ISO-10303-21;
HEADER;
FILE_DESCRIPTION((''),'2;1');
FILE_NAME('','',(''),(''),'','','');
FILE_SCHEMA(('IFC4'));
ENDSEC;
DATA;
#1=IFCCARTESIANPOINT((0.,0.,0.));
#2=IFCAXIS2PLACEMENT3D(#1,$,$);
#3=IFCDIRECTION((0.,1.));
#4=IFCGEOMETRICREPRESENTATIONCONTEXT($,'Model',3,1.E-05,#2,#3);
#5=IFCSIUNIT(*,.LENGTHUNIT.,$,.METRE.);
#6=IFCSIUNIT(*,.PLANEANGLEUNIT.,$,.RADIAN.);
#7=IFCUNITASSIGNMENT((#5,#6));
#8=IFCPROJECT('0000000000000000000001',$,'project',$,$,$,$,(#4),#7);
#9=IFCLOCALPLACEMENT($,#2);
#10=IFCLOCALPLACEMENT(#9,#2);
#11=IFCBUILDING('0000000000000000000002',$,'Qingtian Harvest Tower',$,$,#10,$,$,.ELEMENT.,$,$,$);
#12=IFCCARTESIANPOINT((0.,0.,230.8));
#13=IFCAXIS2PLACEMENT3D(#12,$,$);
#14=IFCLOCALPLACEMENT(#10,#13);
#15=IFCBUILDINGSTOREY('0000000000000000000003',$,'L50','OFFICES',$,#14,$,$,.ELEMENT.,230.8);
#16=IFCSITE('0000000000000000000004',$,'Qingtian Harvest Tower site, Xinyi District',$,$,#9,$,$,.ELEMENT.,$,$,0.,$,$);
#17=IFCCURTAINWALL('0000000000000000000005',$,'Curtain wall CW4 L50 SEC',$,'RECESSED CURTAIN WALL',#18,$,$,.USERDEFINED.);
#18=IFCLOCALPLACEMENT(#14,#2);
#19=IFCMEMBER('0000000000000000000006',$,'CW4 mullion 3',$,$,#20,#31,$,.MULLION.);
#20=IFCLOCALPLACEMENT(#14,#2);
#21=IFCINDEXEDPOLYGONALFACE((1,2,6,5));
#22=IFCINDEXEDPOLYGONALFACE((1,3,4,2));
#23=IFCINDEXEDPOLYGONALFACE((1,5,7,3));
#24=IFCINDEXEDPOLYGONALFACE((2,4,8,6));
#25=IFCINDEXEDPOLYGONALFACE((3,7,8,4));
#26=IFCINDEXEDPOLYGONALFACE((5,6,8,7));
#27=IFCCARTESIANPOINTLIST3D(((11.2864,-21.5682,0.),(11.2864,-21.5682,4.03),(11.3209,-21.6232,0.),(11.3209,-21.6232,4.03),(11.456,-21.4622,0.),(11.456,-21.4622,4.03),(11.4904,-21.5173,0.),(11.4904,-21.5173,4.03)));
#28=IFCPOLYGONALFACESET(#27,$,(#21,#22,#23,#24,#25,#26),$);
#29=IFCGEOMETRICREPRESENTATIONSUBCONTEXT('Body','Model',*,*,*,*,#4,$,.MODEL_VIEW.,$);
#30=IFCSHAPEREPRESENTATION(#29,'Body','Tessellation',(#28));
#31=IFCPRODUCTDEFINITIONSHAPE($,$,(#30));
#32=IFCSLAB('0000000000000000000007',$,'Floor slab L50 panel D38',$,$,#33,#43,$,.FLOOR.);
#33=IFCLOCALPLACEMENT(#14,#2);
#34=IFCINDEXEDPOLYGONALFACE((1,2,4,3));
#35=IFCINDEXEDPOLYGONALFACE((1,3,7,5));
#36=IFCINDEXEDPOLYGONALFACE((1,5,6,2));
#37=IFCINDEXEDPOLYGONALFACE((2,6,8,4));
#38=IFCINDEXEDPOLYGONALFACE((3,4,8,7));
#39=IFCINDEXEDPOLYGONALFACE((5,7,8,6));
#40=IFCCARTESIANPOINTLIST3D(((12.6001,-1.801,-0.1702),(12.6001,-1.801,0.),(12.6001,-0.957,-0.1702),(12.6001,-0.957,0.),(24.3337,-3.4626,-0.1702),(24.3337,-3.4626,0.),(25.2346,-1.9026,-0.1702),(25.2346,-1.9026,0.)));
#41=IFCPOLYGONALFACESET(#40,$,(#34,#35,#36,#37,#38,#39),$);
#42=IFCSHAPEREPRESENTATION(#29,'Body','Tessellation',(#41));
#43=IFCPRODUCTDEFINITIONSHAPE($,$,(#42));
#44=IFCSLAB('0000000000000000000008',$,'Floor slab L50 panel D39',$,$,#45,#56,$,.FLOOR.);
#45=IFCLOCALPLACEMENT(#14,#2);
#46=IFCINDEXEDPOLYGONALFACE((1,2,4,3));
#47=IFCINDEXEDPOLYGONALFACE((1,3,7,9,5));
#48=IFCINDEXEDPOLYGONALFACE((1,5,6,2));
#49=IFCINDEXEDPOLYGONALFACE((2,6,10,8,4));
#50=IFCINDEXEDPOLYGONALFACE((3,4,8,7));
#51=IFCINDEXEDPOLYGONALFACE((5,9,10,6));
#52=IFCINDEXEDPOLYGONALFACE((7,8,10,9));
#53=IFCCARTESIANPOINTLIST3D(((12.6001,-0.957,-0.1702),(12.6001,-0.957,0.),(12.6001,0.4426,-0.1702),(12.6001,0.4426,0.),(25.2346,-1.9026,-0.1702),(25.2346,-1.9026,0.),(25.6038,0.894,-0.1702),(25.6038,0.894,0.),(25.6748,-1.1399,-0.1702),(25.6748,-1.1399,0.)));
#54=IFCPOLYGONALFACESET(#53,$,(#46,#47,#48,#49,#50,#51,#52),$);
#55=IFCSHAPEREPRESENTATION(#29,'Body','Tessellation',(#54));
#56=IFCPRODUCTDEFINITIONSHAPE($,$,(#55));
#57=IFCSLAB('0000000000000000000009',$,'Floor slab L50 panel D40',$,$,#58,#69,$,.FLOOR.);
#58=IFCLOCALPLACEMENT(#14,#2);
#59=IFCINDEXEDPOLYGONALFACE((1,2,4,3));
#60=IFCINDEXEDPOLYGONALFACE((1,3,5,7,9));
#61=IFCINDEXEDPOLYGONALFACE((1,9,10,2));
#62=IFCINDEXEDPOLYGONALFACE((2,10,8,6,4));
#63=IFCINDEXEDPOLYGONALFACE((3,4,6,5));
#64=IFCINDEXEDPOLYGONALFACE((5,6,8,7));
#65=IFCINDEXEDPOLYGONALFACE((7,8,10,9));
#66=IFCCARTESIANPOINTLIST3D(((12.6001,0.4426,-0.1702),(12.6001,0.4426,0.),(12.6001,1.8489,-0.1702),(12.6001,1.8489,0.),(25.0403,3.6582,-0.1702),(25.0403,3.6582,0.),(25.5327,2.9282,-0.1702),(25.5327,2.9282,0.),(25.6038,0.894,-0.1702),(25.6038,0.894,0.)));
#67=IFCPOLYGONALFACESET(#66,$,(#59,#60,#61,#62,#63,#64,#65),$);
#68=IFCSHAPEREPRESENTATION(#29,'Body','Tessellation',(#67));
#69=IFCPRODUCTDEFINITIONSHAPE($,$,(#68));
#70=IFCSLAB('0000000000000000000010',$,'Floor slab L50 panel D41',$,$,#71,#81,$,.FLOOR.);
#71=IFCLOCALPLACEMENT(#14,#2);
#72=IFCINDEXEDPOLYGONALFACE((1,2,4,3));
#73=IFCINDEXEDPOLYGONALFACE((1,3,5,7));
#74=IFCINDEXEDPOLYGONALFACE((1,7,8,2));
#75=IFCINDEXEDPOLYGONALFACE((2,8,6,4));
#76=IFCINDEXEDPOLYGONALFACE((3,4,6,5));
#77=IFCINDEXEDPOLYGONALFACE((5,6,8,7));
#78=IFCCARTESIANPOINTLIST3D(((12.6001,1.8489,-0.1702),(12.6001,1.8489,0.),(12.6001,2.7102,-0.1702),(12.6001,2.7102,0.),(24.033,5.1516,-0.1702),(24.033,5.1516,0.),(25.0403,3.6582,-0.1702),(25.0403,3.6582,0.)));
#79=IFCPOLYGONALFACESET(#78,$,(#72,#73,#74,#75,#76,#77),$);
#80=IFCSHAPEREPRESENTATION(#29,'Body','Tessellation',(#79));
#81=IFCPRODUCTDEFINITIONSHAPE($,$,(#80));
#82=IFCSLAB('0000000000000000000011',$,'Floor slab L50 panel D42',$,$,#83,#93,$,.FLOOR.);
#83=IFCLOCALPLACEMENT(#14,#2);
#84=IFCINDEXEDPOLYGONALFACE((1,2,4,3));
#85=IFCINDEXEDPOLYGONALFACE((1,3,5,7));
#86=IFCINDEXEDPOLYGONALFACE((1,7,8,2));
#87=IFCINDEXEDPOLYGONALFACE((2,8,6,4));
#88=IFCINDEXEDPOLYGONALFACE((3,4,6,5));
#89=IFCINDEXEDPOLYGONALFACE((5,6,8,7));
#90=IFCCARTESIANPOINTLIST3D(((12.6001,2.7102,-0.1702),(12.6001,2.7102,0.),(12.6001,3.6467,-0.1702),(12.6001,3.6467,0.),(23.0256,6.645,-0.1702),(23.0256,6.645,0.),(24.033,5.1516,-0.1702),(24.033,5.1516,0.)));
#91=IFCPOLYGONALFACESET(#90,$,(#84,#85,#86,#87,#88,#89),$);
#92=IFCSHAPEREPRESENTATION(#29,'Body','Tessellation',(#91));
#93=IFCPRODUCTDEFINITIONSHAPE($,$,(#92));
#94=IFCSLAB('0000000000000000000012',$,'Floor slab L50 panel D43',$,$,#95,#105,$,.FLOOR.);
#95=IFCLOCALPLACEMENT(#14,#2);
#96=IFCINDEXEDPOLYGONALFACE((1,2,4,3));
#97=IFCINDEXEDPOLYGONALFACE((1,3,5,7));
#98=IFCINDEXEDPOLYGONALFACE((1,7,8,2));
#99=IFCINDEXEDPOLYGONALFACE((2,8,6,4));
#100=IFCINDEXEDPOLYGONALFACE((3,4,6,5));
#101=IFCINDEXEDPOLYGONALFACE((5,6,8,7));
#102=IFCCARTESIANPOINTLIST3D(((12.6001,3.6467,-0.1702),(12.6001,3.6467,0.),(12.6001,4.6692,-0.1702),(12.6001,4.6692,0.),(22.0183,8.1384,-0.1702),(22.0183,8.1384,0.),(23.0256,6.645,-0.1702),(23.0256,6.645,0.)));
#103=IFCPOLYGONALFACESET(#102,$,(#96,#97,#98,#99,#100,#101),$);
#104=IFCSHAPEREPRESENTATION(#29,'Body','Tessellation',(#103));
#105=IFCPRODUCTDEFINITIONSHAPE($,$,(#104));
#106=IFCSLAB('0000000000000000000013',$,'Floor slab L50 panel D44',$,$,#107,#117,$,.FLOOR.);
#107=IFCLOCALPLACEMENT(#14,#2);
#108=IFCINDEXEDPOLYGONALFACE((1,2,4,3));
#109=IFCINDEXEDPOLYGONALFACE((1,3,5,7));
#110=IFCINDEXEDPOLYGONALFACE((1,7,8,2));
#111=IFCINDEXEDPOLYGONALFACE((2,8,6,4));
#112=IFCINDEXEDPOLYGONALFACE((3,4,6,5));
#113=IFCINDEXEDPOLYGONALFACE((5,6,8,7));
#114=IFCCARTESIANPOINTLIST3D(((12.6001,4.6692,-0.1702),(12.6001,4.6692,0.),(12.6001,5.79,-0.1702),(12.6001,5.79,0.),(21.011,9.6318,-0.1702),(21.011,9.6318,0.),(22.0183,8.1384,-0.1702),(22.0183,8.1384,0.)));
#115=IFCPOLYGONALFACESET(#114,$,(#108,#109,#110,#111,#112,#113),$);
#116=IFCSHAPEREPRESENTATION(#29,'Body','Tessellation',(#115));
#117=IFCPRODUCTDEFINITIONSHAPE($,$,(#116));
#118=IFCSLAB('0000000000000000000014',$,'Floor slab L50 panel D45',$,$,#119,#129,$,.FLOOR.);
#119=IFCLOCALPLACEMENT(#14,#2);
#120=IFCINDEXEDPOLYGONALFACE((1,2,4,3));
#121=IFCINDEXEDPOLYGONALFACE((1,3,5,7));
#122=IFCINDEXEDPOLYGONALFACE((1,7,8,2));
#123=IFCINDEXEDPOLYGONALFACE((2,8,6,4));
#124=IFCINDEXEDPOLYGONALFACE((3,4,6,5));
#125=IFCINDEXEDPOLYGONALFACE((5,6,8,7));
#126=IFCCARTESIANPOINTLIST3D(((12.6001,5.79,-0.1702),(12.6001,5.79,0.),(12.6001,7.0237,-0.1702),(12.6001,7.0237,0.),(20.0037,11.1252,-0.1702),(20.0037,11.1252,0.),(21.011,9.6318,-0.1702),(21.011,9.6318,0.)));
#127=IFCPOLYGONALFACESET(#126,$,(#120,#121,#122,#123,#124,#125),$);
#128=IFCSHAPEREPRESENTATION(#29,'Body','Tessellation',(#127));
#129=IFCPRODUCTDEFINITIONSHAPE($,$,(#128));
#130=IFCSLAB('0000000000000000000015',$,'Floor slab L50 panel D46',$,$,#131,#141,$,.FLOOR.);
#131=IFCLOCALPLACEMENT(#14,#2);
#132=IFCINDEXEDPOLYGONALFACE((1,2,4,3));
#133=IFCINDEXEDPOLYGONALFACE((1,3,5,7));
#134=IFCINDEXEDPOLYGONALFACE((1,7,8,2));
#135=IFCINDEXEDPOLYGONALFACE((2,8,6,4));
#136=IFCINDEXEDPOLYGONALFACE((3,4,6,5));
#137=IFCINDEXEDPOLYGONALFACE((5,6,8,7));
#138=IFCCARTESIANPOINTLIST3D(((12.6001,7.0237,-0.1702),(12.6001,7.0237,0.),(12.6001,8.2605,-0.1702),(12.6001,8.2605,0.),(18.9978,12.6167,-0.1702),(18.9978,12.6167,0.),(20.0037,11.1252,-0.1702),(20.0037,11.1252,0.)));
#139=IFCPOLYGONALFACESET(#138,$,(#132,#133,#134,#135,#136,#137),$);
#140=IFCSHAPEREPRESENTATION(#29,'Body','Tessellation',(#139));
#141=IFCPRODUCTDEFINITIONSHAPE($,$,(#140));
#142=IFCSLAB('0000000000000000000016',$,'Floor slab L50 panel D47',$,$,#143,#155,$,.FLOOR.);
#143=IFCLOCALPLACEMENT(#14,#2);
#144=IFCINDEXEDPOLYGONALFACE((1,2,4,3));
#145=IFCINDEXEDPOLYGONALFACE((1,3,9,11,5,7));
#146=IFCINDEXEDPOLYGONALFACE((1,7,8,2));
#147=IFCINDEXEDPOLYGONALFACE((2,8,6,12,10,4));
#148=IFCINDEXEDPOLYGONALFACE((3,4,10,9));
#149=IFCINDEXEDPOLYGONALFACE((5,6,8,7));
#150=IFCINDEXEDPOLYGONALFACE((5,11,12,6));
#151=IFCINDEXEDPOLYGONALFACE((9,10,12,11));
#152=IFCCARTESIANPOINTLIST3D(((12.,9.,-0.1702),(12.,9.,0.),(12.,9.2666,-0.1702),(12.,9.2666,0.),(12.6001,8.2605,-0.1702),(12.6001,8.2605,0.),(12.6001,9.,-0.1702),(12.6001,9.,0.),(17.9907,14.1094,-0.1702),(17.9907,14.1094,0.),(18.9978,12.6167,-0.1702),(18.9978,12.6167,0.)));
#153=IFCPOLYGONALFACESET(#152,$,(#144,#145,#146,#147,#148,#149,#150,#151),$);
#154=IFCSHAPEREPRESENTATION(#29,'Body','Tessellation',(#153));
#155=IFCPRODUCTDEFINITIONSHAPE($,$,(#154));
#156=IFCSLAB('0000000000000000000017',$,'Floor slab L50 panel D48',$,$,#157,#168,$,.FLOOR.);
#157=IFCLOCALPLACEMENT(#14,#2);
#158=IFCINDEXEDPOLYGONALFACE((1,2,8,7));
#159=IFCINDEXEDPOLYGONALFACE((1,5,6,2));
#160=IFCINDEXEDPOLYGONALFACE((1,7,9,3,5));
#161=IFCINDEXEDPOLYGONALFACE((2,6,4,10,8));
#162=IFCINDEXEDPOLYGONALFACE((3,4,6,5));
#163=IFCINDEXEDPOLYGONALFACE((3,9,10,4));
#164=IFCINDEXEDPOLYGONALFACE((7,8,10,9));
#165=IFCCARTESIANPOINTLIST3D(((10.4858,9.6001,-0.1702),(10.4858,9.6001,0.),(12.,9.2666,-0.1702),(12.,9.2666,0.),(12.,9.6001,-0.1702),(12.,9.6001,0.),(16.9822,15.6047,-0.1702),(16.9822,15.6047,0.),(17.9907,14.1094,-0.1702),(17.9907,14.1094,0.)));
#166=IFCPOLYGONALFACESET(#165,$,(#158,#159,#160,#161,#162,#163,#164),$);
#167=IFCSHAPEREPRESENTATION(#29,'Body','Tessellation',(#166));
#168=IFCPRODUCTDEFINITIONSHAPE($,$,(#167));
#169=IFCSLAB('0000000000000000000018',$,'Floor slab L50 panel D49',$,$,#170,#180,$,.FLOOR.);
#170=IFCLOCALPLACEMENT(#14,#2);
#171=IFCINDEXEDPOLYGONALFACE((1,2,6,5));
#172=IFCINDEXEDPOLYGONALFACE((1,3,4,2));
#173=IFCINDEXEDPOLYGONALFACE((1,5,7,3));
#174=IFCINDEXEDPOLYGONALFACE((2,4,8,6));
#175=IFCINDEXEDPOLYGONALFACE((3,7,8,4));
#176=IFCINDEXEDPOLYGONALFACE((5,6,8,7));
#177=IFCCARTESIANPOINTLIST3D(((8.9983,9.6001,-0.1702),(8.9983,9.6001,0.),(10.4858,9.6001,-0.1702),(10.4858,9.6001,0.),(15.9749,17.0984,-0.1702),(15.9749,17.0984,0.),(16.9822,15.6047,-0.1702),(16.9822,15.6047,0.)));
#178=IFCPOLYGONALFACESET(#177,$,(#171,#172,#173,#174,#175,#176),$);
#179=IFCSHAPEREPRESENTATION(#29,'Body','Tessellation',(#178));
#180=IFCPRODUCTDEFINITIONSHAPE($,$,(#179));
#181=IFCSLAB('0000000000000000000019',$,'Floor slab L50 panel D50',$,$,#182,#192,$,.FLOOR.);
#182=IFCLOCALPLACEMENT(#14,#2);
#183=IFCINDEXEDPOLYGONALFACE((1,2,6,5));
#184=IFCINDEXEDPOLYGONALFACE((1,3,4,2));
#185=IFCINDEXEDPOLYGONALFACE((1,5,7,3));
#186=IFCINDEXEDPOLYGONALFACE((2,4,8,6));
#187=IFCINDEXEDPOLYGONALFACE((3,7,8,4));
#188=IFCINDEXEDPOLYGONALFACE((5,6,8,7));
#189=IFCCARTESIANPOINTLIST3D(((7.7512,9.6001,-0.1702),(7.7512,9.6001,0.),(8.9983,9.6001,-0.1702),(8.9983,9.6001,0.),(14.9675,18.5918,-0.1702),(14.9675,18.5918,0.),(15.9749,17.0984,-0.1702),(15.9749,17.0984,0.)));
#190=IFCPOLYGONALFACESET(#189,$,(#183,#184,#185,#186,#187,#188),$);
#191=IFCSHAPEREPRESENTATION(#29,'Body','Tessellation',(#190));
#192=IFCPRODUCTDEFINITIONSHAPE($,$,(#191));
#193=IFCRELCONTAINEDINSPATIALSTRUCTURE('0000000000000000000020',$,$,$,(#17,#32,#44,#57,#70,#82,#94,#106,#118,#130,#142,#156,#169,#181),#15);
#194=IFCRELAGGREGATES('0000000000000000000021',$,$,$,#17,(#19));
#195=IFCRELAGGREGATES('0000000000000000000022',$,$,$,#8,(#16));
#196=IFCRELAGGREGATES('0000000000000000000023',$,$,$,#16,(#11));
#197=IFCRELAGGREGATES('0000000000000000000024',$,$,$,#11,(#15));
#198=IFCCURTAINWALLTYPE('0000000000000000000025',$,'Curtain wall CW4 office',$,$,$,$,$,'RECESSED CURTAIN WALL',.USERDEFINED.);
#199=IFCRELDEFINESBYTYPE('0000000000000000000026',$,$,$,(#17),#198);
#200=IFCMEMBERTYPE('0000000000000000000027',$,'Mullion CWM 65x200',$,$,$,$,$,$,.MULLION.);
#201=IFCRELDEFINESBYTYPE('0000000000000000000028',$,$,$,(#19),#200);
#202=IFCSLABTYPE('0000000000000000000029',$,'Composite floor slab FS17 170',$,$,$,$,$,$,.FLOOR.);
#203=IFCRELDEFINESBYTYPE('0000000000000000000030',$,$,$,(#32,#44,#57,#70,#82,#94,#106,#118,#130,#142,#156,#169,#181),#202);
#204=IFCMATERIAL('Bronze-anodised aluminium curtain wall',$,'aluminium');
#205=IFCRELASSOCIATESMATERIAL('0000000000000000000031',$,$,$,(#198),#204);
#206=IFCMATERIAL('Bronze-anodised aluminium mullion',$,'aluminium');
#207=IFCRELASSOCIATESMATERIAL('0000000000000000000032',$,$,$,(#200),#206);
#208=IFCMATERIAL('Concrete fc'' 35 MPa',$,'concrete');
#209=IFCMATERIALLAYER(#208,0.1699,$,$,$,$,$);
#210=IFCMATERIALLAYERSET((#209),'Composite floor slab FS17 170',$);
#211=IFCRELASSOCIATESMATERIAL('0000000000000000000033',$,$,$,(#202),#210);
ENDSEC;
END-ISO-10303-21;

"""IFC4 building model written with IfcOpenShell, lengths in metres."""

from ifc_helpers import new_model, si_unit, direction, frame, origin, origin_2d, place, context, subcontext, project, spatial, polyline, rectangle, outline, extrude, material, layer, layer_set, material_profile, profile_set, type_object, element, aggregate, save


model = new_model("IFC4")

# Units and contexts
model_context = context("Model", 3, precision=1e-05, world=origin(), true_north=direction((0.0, 1.0)))
body_context = subcontext(model_context, "Body", "Model", "MODEL_VIEW")
ifc_project = project(units=[si_unit("LENGTHUNIT", "METRE"), si_unit("PLANEANGLEUNIT", "RADIAN")], contexts=[model_context])

# Site, building, storey
site_placement = place(None, origin())
site = spatial("IfcSite", under=ifc_project, at=site_placement, Name="Qingtian Harvest Tower site, Xinyi District", CompositionType="ELEMENT", RefElevation=0.0)
building_placement = place(site_placement, origin())
building = spatial("IfcBuilding", under=site, at=building_placement, Name="Qingtian Harvest Tower", CompositionType="ELEMENT")
storey_placement = place(building_placement, frame((0.0, 0.0, 230.8)))
storey = spatial("IfcBuildingStorey", under=building, at=storey_placement, Name="L50", Description="OFFICES", CompositionType="ELEMENT", Elevation=230.8)

# Curtain wall, member
ifc_material_1 = material(Name="Bronze-anodised aluminium curtain wall", Category="aluminium")
curtain_wall_type = type_object("IfcCurtainWallType", Name="Curtain wall CW4 office", ElementType="RECESSED CURTAIN WALL", PredefinedType="USERDEFINED", material=ifc_material_1)
curtain_wall_placement = place(storey_placement, origin())
curtain_wall = element("IfcCurtainWall", 1, at=curtain_wall_placement, inside=storey, type_object=curtain_wall_type, Name="Curtain wall CW4 L50 SEC", ObjectType="RECESSED CURTAIN WALL", PredefinedType="USERDEFINED")
ifc_material_2 = material(Name="Bronze-anodised aluminium mullion", Category="aluminium")
ifc_material_profile = material_profile(ifc_material_2, rectangle(XDim=0.0649, YDim=0.2, at=origin_2d()), Name="AL 65x200")
ifc_profile_set = profile_set([ifc_material_profile], Name="Bronze-anodised aluminium mullion")
member_type = type_object("IfcMemberType", Name="Mullion CWM 65x200", PredefinedType="MULLION", material=ifc_profile_set)
member_placement = place(storey_placement, frame((11.3884, -21.5427, 0.0), z_axis=(0.0, 0.0, 1.0), x_axis=(0.529919, -0.848048, 0.0)))
member = element("IfcMember", 2, at=member_placement, type_object=member_type, Name="CW4 mullion 3", PredefinedType="MULLION", context=body_context, shape_type="SweptSolid", body=[
    extrude(rectangle(XDim=0.0649, YDim=0.2, at=origin_2d()), origin(), (0.0, 0.0, 1.0), 4.03),
])
aggregate(curtain_wall, [member])

# Slabs
ifc_material_3 = material(Name="Concrete fc' 35 MPa", Category="concrete")
ifc_layer_1 = layer(ifc_material_3, 0.1699)
ifc_layer_set_1 = layer_set([ifc_layer_1], Name="Composite floor slab FS17 170")
slab_type = type_object("IfcSlabType", Name="Composite floor slab FS17 170", PredefinedType="FLOOR", material=ifc_layer_set_1)
slab_1_placement = place(storey_placement, frame((0.0, 0.0, -0.1702)))
element("IfcSlab", 3, at=slab_1_placement, inside=storey, type_object=slab_type, Name="Floor slab L50 panel D38", PredefinedType="FLOOR", context=body_context, shape_type="SweptSolid", body=[
    extrude(outline(polyline([(12.6001, -0.957), (25.2346, -1.9026), (24.3337, -3.4626), (12.6001, -1.801), (12.6001, -0.957)])), origin(), (0.0, 0.0, 1.0), 0.1702),
])
slab_2_placement = place(storey_placement, frame((0.0, 0.0, -0.1702)))
element("IfcSlab", 4, at=slab_2_placement, inside=storey, type_object=slab_type, Name="Floor slab L50 panel D39", PredefinedType="FLOOR", context=body_context, shape_type="SweptSolid", body=[
    extrude(outline(polyline([(12.6001, -0.957), (12.6001, 0.4426), (25.6038, 0.894), (25.6748, -1.1399), (25.2346, -1.9026), (12.6001, -0.957)])), origin(), (0.0, 0.0, 1.0), 0.1702),
])
slab_3_placement = place(storey_placement, frame((0.0, 0.0, -0.1702)))
element("IfcSlab", 5, at=slab_3_placement, inside=storey, type_object=slab_type, Name="Floor slab L50 panel D40", PredefinedType="FLOOR", context=body_context, shape_type="SweptSolid", body=[
    extrude(outline(polyline([(12.6001, 0.4426), (12.6001, 1.8489), (25.0403, 3.6582), (25.5327, 2.9282), (25.6038, 0.894), (12.6001, 0.4426)])), origin(), (0.0, 0.0, 1.0), 0.1702),
])
slab_4_placement = place(storey_placement, frame((0.0, 0.0, -0.1702)))
element("IfcSlab", 6, at=slab_4_placement, inside=storey, type_object=slab_type, Name="Floor slab L50 panel D41", PredefinedType="FLOOR", context=body_context, shape_type="SweptSolid", body=[
    extrude(outline(polyline([(12.6001, 2.7102), (24.033, 5.1516), (25.0403, 3.6582), (12.6001, 1.8489), (12.6001, 2.7102)])), origin(), (0.0, 0.0, 1.0), 0.1702),
])
slab_5_placement = place(storey_placement, frame((0.0, 0.0, -0.1702)))
element("IfcSlab", 7, at=slab_5_placement, inside=storey, type_object=slab_type, Name="Floor slab L50 panel D42", PredefinedType="FLOOR", context=body_context, shape_type="SweptSolid", body=[
    extrude(outline(polyline([(12.6001, 3.6467), (23.0256, 6.645), (24.033, 5.1516), (12.6001, 2.7102), (12.6001, 3.6467)])), origin(), (0.0, 0.0, 1.0), 0.1702),
])
slab_6_placement = place(storey_placement, frame((0.0, 0.0, -0.1702)))
element("IfcSlab", 8, at=slab_6_placement, inside=storey, type_object=slab_type, Name="Floor slab L50 panel D43", PredefinedType="FLOOR", context=body_context, shape_type="SweptSolid", body=[
    extrude(outline(polyline([(12.6001, 4.6692), (22.0183, 8.1384), (23.0256, 6.645), (12.6001, 3.6467), (12.6001, 4.6692)])), origin(), (0.0, 0.0, 1.0), 0.1702),
])
slab_7_placement = place(storey_placement, frame((0.0, 0.0, -0.1702)))
element("IfcSlab", 9, at=slab_7_placement, inside=storey, type_object=slab_type, Name="Floor slab L50 panel D44", PredefinedType="FLOOR", context=body_context, shape_type="SweptSolid", body=[
    extrude(outline(polyline([(12.6001, 5.79), (21.011, 9.6318), (22.0183, 8.1384), (12.6001, 4.6692), (12.6001, 5.79)])), origin(), (0.0, 0.0, 1.0), 0.1702),
])
slab_8_placement = place(storey_placement, frame((0.0, 0.0, -0.1702)))
element("IfcSlab", 10, at=slab_8_placement, inside=storey, type_object=slab_type, Name="Floor slab L50 panel D45", PredefinedType="FLOOR", context=body_context, shape_type="SweptSolid", body=[
    extrude(outline(polyline([(12.6001, 7.0237), (20.0037, 11.1252), (21.011, 9.6318), (12.6001, 5.79), (12.6001, 7.0237)])), origin(), (0.0, 0.0, 1.0), 0.1702),
])
slab_9_placement = place(storey_placement, frame((0.0, 0.0, -0.1702)))
element("IfcSlab", 11, at=slab_9_placement, inside=storey, type_object=slab_type, Name="Floor slab L50 panel D46", PredefinedType="FLOOR", context=body_context, shape_type="SweptSolid", body=[
    extrude(outline(polyline([(12.6001, 8.2605), (18.9978, 12.6167), (20.0037, 11.1252), (12.6001, 7.0237), (12.6001, 8.2605)])), origin(), (0.0, 0.0, 1.0), 0.1702),
])
slab_10_placement = place(storey_placement, frame((0.0, 0.0, -0.1702)))
element("IfcSlab", 12, at=slab_10_placement, inside=storey, type_object=slab_type, Name="Floor slab L50 panel D47", PredefinedType="FLOOR", context=body_context, shape_type="SweptSolid", body=[
    extrude(outline(polyline([(12.6001, 9.0), (12.0, 9.0), (12.0, 9.2666), (17.9907, 14.1094), (18.9978, 12.6167), (12.6001, 8.2605), (12.6001, 9.0)])), origin(), (0.0, 0.0, 1.0), 0.1702),
])
slab_11_placement = place(storey_placement, frame((0.0, 0.0, -0.1702)))
element("IfcSlab", 13, at=slab_11_placement, inside=storey, type_object=slab_type, Name="Floor slab L50 panel D48", PredefinedType="FLOOR", context=body_context, shape_type="SweptSolid", body=[
    extrude(outline(polyline([(12.0, 9.6001), (10.4858, 9.6001), (16.9822, 15.6047), (17.9907, 14.1094), (12.0, 9.2666), (12.0, 9.6001)])), origin(), (0.0, 0.0, 1.0), 0.1702),
])
slab_12_placement = place(storey_placement, frame((0.0, 0.0, -0.1702)))
element("IfcSlab", 14, at=slab_12_placement, inside=storey, type_object=slab_type, Name="Floor slab L50 panel D49", PredefinedType="FLOOR", context=body_context, shape_type="SweptSolid", body=[
    extrude(outline(polyline([(8.9983, 9.6001), (15.9749, 17.0984), (16.9822, 15.6047), (10.4858, 9.6001), (8.9983, 9.6001)])), origin(), (0.0, 0.0, 1.0), 0.1702),
])
slab_13_placement = place(storey_placement, frame((0.0, 0.0, -0.1702)))
element("IfcSlab", 15, at=slab_13_placement, inside=storey, type_object=slab_type, Name="Floor slab L50 panel D50", PredefinedType="FLOOR", context=body_context, shape_type="SweptSolid", body=[
    extrude(outline(polyline([(7.7512, 9.6001), (14.9675, 18.5918), (15.9749, 17.0984), (8.9983, 9.6001), (7.7512, 9.6001)])), origin(), (0.0, 0.0, 1.0), 0.1702),
])

save(model, "model.ifc")
